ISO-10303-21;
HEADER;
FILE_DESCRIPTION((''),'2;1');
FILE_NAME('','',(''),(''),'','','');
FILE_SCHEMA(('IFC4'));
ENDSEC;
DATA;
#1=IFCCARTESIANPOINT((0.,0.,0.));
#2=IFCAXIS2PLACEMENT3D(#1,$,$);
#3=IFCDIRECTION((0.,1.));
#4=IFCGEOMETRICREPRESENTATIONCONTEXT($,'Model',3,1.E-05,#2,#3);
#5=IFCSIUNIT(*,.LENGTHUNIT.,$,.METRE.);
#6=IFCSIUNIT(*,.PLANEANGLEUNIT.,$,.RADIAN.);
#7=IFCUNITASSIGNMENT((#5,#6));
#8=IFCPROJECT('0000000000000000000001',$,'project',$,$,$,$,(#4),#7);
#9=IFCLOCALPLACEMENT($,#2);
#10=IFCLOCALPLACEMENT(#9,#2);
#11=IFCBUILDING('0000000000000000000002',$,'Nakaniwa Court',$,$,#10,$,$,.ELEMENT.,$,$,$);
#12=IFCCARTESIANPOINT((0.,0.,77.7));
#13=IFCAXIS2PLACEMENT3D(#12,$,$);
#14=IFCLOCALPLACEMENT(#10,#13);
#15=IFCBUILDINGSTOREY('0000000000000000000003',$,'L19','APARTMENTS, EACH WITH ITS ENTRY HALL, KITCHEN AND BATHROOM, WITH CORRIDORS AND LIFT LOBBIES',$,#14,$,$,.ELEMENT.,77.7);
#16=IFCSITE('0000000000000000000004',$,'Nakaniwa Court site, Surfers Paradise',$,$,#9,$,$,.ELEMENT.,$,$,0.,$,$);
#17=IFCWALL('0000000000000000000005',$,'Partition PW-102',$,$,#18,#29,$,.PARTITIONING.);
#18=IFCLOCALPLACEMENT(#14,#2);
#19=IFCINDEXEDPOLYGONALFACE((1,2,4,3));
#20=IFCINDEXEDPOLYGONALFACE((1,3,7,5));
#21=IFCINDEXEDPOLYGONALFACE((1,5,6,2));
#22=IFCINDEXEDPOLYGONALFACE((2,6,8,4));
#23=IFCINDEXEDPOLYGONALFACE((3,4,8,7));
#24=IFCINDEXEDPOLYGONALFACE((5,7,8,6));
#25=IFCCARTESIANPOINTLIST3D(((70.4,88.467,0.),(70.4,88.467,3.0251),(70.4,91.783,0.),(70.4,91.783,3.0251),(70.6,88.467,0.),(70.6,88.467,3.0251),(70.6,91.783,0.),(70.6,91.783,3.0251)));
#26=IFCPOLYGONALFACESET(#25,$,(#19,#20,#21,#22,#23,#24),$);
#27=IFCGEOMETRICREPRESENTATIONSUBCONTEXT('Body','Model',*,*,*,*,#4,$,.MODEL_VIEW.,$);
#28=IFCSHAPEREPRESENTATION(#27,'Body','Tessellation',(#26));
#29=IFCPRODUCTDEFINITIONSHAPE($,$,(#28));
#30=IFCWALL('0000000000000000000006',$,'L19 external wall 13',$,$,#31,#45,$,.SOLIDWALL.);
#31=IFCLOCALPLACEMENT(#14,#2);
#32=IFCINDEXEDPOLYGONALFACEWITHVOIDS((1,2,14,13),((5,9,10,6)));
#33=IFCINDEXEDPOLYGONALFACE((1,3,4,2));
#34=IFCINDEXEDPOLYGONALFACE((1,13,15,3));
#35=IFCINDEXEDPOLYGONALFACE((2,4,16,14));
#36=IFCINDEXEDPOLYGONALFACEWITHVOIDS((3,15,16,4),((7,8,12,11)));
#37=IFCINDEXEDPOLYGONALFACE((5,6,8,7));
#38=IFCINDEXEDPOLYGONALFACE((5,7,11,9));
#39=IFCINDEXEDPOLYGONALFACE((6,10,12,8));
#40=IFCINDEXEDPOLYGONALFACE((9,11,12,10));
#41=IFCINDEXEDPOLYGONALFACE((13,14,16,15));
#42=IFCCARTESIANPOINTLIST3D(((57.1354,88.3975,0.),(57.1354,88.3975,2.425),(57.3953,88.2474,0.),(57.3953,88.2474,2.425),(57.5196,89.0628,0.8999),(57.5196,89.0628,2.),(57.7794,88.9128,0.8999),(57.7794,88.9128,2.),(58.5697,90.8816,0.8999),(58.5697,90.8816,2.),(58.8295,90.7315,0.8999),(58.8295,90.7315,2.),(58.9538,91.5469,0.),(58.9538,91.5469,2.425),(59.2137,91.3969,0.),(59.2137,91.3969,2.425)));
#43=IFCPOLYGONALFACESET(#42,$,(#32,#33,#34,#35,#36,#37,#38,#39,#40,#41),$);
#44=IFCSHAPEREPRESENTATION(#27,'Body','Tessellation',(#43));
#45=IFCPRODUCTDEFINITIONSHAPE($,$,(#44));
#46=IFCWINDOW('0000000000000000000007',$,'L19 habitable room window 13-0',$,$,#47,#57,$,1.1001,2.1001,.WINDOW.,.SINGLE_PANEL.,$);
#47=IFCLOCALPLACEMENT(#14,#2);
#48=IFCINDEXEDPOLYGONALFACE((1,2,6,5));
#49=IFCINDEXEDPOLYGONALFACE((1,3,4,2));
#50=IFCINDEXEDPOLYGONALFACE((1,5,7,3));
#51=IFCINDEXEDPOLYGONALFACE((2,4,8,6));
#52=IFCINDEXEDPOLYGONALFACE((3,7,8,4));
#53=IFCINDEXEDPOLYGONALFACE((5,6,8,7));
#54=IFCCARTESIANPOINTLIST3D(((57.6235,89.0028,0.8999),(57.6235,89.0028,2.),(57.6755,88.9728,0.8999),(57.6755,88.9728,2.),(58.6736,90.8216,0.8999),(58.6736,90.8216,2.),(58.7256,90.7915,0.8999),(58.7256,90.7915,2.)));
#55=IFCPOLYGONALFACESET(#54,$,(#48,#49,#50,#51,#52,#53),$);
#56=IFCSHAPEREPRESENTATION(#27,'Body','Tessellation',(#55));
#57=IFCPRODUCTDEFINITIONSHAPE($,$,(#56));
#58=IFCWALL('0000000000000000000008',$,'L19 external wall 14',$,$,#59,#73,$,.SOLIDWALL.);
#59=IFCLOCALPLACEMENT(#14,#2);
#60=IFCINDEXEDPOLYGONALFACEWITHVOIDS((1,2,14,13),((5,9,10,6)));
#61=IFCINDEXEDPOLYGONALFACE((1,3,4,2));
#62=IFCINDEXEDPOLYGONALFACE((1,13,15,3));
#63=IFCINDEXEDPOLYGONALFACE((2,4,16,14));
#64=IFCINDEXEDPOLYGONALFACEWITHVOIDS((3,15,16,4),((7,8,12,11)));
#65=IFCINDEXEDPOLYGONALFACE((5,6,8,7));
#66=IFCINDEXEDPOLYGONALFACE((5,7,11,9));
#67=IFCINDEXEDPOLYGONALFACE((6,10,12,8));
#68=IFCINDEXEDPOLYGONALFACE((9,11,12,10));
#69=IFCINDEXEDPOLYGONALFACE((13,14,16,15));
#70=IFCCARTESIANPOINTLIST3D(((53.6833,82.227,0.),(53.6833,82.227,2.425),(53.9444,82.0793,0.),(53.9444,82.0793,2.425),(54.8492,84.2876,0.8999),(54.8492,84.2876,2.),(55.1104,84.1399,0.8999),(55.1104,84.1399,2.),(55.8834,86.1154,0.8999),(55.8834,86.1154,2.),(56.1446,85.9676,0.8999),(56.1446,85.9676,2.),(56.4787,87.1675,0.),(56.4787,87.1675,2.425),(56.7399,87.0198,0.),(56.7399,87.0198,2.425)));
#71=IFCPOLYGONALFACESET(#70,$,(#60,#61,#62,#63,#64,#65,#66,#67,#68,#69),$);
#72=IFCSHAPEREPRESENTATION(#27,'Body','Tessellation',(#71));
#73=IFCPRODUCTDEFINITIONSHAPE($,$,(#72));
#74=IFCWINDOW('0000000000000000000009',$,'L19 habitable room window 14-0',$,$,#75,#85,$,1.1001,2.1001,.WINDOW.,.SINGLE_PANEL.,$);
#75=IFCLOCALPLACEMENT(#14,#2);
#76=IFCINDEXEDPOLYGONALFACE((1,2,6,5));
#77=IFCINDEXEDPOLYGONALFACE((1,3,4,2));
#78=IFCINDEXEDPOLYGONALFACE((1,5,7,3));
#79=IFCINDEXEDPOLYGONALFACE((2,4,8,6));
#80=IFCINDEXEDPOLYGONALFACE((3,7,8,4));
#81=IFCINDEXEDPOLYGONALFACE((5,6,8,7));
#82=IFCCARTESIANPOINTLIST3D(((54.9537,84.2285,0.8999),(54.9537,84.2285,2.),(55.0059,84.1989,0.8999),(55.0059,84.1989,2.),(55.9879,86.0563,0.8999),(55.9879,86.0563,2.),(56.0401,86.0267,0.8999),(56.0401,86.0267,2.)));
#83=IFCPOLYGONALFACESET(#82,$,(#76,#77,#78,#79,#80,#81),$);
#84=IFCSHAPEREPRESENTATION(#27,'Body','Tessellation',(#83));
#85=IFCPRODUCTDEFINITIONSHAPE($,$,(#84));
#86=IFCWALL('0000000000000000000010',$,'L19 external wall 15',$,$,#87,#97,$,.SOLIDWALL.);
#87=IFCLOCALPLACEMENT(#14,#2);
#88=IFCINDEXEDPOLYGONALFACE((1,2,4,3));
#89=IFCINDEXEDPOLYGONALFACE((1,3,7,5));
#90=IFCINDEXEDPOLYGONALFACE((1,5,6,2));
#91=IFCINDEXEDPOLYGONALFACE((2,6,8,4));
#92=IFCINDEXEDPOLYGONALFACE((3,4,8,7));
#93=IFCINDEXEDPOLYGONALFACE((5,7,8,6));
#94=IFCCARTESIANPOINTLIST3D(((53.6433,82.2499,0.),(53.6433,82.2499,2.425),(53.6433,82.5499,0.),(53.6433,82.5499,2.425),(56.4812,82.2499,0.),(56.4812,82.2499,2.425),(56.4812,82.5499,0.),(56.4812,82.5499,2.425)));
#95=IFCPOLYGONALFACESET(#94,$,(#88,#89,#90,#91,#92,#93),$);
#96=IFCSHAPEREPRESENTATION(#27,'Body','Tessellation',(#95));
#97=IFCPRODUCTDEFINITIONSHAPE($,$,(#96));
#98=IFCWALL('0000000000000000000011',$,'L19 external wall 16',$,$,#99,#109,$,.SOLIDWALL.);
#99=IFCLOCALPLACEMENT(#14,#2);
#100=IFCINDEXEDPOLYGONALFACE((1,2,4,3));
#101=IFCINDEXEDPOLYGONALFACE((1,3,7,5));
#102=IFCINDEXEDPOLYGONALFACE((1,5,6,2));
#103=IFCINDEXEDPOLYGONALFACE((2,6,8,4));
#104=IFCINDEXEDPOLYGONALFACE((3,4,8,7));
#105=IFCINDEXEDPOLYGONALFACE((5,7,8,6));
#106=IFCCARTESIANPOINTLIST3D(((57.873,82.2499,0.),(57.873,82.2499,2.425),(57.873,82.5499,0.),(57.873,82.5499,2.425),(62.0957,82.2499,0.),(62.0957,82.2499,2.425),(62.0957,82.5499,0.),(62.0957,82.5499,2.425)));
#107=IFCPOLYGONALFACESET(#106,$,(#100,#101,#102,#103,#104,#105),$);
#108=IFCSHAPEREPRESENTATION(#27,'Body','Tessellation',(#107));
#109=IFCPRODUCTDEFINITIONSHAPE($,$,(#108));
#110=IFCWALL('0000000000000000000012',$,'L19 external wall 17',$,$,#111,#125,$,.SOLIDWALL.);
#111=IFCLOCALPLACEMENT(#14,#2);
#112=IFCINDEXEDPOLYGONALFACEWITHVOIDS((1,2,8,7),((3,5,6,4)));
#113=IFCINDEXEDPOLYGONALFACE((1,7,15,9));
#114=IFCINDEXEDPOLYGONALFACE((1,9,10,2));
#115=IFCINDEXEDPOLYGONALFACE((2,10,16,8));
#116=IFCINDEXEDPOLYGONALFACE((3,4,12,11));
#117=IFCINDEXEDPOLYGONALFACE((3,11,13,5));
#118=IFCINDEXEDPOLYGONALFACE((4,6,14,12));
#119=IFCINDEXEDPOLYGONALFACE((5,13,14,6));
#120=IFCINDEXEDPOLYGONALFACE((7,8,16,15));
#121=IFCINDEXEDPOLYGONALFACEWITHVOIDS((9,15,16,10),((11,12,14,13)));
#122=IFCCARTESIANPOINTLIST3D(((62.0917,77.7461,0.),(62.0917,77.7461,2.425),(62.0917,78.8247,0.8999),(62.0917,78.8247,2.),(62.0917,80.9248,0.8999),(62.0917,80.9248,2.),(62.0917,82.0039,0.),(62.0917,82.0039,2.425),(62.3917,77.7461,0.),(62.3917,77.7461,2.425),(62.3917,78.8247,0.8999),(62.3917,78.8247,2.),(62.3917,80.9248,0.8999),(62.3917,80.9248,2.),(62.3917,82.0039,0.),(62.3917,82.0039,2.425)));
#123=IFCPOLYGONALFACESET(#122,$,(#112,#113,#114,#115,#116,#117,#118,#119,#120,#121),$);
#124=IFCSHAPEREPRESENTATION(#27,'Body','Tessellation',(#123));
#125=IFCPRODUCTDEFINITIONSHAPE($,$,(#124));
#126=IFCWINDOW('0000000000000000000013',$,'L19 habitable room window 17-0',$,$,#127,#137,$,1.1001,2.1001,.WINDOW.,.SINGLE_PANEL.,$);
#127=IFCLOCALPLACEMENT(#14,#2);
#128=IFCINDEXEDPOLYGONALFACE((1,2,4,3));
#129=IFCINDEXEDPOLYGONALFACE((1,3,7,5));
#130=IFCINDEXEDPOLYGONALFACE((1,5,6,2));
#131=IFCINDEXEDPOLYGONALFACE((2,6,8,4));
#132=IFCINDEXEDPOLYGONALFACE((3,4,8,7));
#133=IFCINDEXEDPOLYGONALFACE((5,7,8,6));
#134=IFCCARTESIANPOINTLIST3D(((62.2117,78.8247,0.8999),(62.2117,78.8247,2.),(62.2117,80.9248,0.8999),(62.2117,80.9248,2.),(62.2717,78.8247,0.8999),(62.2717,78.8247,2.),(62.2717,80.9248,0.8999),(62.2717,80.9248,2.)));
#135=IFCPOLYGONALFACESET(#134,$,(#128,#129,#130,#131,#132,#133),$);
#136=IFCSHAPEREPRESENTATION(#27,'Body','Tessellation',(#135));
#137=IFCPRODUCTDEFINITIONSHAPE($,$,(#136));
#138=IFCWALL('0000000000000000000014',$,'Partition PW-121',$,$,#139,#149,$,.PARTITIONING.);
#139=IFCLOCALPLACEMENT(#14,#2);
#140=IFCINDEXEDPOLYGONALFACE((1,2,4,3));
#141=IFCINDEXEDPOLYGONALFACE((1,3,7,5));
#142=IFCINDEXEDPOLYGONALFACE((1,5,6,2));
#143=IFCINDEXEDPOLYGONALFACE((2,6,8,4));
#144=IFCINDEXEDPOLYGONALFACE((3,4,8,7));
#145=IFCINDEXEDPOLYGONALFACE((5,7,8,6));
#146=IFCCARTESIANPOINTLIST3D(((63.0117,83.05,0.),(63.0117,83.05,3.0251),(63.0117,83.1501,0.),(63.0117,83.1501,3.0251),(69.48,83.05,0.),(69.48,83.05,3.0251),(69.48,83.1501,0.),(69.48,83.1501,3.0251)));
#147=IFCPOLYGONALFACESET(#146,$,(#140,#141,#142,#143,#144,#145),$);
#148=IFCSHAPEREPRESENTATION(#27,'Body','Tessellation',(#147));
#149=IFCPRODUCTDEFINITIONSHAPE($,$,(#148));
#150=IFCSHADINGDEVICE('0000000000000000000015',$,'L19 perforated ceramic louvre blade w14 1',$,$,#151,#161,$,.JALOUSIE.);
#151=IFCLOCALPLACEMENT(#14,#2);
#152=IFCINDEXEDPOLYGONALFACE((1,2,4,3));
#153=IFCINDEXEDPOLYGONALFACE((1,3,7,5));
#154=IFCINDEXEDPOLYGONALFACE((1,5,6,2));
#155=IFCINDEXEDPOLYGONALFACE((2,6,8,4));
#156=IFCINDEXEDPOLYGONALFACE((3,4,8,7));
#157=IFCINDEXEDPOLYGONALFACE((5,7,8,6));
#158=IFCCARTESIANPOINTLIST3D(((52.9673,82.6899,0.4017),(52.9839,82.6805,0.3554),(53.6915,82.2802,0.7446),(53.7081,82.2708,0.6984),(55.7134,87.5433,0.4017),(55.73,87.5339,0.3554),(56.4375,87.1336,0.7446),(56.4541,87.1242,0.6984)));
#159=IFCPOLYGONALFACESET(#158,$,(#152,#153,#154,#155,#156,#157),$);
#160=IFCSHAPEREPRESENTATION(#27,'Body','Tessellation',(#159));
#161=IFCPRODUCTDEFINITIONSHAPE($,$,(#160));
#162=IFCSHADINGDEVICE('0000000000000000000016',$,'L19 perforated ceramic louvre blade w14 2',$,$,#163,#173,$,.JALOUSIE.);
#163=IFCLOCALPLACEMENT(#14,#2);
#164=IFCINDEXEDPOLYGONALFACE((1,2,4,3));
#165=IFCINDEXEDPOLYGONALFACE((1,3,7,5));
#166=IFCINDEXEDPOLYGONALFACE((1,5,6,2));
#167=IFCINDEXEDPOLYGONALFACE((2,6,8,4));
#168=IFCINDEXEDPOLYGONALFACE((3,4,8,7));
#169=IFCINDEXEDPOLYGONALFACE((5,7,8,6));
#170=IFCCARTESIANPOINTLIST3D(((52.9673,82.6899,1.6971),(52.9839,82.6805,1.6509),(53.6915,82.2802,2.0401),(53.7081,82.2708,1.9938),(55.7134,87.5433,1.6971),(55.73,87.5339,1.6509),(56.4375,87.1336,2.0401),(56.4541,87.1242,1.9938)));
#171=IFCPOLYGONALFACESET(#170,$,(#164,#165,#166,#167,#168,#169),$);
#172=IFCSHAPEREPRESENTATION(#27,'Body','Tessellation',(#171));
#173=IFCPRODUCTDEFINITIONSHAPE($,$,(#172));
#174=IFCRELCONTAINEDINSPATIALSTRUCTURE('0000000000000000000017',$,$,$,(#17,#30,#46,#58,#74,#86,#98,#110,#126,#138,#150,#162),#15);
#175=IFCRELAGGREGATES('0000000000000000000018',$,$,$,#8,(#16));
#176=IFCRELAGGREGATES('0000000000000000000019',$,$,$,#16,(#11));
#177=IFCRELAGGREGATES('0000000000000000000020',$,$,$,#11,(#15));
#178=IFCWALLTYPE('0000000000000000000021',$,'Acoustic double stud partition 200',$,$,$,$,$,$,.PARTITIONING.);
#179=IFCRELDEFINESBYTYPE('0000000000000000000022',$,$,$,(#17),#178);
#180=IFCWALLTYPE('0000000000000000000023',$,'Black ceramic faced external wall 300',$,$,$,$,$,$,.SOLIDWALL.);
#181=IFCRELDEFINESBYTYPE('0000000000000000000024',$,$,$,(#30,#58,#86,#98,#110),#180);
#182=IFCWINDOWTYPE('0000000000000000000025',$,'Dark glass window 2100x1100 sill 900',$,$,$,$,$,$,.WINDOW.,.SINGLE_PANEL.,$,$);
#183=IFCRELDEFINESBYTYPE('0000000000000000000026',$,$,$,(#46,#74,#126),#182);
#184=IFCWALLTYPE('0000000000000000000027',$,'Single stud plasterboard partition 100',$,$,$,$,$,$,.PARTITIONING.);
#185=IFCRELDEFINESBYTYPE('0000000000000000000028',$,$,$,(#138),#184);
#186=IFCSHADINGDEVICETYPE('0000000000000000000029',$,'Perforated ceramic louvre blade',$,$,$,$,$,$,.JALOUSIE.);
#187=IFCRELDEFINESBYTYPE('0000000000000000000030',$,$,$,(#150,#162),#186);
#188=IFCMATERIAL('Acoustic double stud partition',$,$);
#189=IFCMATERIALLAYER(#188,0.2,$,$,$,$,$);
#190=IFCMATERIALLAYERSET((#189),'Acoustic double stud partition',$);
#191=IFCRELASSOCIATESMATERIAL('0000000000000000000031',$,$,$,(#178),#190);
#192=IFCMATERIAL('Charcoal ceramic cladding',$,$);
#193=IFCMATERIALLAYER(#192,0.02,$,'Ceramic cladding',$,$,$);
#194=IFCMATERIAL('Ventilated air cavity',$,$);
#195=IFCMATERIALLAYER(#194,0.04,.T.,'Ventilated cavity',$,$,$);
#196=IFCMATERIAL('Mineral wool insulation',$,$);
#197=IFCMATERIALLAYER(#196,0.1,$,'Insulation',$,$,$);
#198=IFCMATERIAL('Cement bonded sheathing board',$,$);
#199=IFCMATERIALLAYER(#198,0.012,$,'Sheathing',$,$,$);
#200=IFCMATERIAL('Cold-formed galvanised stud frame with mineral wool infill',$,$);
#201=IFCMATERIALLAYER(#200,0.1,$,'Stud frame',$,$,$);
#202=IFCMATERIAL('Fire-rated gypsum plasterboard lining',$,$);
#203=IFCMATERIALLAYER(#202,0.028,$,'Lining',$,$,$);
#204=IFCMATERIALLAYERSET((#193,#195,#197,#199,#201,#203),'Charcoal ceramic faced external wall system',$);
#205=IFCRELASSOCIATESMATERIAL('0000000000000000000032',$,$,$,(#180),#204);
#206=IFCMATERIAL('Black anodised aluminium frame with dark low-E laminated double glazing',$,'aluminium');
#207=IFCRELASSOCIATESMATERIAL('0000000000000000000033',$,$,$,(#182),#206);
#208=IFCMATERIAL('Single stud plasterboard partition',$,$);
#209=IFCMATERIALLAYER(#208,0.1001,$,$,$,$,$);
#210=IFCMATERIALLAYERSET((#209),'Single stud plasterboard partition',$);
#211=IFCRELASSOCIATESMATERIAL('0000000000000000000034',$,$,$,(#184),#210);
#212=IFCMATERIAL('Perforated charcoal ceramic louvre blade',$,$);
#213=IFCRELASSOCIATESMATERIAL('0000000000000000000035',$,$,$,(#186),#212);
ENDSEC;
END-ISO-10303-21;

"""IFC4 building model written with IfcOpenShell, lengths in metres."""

from ifc_helpers import new_model, si_unit, direction, frame, frame_2d, origin, origin_2d, place, context, subcontext, project, spatial, rectangle, extrude, material, layer, layer_set, material_profile, profile_set, type_object, element, fill, save


model = new_model("IFC4")

# Units and contexts
model_context = context("Model", 3, precision=1e-05, world=origin(), true_north=direction((0.0, 1.0)))
body_context = subcontext(model_context, "Body", "Model", "MODEL_VIEW")
ifc_project = project(units=[si_unit("LENGTHUNIT", "METRE"), si_unit("PLANEANGLEUNIT", "RADIAN")], contexts=[model_context])

# Site, building, storey
site_placement = place(None, origin())
site = spatial("IfcSite", under=ifc_project, at=site_placement, Name="Nakaniwa Court site, Surfers Paradise", CompositionType="ELEMENT", RefElevation=0.0)
building_placement = place(site_placement, origin())
building = spatial("IfcBuilding", under=site, at=building_placement, Name="Nakaniwa Court", CompositionType="ELEMENT")
storey_placement = place(building_placement, frame((0.0, 0.0, 77.7)))
storey = spatial("IfcBuildingStorey", under=building, at=storey_placement, Name="L19", Description="APARTMENTS, EACH WITH ITS ENTRY HALL, KITCHEN AND BATHROOM, WITH CORRIDORS AND LIFT LOBBIES", CompositionType="ELEMENT", Elevation=77.7)

# Shared definitions
ifc_material_1 = material(Name="Acoustic double stud partition")
ifc_layer_1 = layer(ifc_material_1, 0.2)
ifc_layer_set_1 = layer_set([ifc_layer_1], Name="Acoustic double stud partition")
wall_type_1 = type_object("IfcWallType", Name="Acoustic double stud partition 200", PredefinedType="PARTITIONING", material=ifc_layer_set_1)

# Wall
wall_1_placement = place(storey_placement, frame((70.5, 88.467, 0.0), z_axis=(0.0, 0.0, 1.0), x_axis=(0.0, 1.0, 0.0)))
element("IfcWall", 1, at=wall_1_placement, inside=storey, type_object=wall_type_1, Name="Partition PW-102", PredefinedType="PARTITIONING", context=body_context, shape_type="SweptSolid", body=[
    extrude(rectangle(XDim=3.3159, YDim=0.2, at=frame_2d((1.658, 0.0))), origin(), (0.0, 0.0, 1.0), 3.0251),
])

# Walls, openings, windows
ifc_material_2 = material(Name="Charcoal ceramic cladding")
ifc_layer_2 = layer(ifc_material_2, 0.02, Name="Ceramic cladding")
ifc_material_3 = material(Name="Ventilated air cavity")
ifc_layer_3 = layer(ifc_material_3, 0.04, ventilated=True, Name="Ventilated cavity")
ifc_material_4 = material(Name="Mineral wool insulation")
ifc_layer_4 = layer(ifc_material_4, 0.1, Name="Insulation")
ifc_material_5 = material(Name="Cement bonded sheathing board")
ifc_layer_5 = layer(ifc_material_5, 0.012, Name="Sheathing")
ifc_material_6 = material(Name="Cold-formed galvanised stud frame with mineral wool infill")
ifc_layer_6 = layer(ifc_material_6, 0.1, Name="Stud frame")
ifc_material_7 = material(Name="Fire-rated gypsum plasterboard lining")
ifc_layer_7 = layer(ifc_material_7, 0.028, Name="Lining")
ifc_layer_set_2 = layer_set([ifc_layer_2, ifc_layer_3, ifc_layer_4, ifc_layer_5, ifc_layer_6, ifc_layer_7], Name="Charcoal ceramic faced external wall system")
wall_type_2 = type_object("IfcWallType", Name="Black ceramic faced external wall 300", PredefinedType="SOLIDWALL", material=ifc_layer_set_2)
wall_2_placement = place(storey_placement, frame((59.0837, 91.4719, 0.0), z_axis=(0.0, 0.0, 1.0), x_axis=(-0.500009, -0.86602, 0.0)))
wall_2 = element("IfcWall", 2, at=wall_2_placement, inside=storey, type_object=wall_type_2, Name="L19 external wall 13", PredefinedType="SOLIDWALL", context=body_context, shape_type="SweptSolid", body=[
    extrude(rectangle(XDim=3.6367, YDim=0.3, at=frame_2d((1.8184, 0.0))), origin(), (0.0, 0.0, 1.0), 2.425),
])
opening_1_placement = place(wall_2_placement, frame((0.7683, 0.0, 0.8999)))
opening_1 = element("IfcOpeningElement", 3, at=opening_1_placement, cuts=wall_2, PredefinedType="OPENING", context=body_context, shape_type="SweptSolid", body=[
    extrude(rectangle(XDim=2.1001, YDim=1.1001, at=frame_2d((1.05, 0.55))), frame((0.0, 0.1599, 0.0), z_axis=(0.0, -1.0, 0.0), x_axis=(1.0, 0.0, 0.0)), (0.0, 0.0, 1.0), 0.3201),
])
ifc_material_8 = material(Name="Black anodised aluminium frame with dark low-E laminated double glazing", Category="aluminium")
window_type = type_object("IfcWindowType", Name="Dark glass window 2100x1100 sill 900", PartitioningType="SINGLE_PANEL", PredefinedType="WINDOW", material=ifc_material_8)
window_1_placement = place(opening_1_placement, origin())
window_1 = element("IfcWindow", 4, at=window_1_placement, inside=storey, type_object=window_type, Name="L19 habitable room window 13-0", OverallHeight=1.1001, OverallWidth=2.1001, PartitioningType="SINGLE_PANEL", PredefinedType="WINDOW", context=body_context, shape_type="SweptSolid", body=[
    extrude(rectangle(XDim=2.1001, YDim=1.1001, at=frame_2d((1.05, 0.55))), frame((0.0, 0.03, 0.0), z_axis=(0.0, -1.0, 0.0), x_axis=(1.0, 0.0, 0.0)), (0.0, 0.0, 1.0), 0.0601),
])
fill(opening_1, window_1)
wall_3_placement = place(storey_placement, frame((56.6094, 87.0938, 0.0), z_axis=(0.0, 0.0, 1.0), x_axis=(-0.492457, -0.870337, 0.0)))
wall_3 = element("IfcWall", 5, at=wall_3_placement, inside=storey, type_object=wall_type_2, Name="L19 external wall 14", PredefinedType="SOLIDWALL", context=body_context, shape_type="SweptSolid", body=[
    extrude(rectangle(XDim=5.6765, YDim=0.3, at=frame_2d((2.8384, 0.0))), origin(), (0.0, 0.0, 1.0), 2.425),
])
opening_2_placement = place(wall_3_placement, frame((1.209, 0.0, 0.8999)))
opening_2 = element("IfcOpeningElement", 6, at=opening_2_placement, cuts=wall_3, PredefinedType="OPENING", context=body_context, shape_type="SweptSolid", body=[
    extrude(rectangle(XDim=2.1001, YDim=1.1001, at=frame_2d((1.05, 0.55))), frame((0.0, 0.1599, 0.0), z_axis=(0.0, -1.0, 0.0), x_axis=(1.0, 0.0, 0.0)), (0.0, 0.0, 1.0), 0.3201),
])
window_2_placement = place(opening_2_placement, origin())
window_2 = element("IfcWindow", 7, at=window_2_placement, inside=storey, type_object=window_type, Name="L19 habitable room window 14-0", OverallHeight=1.1001, OverallWidth=2.1001, PartitioningType="SINGLE_PANEL", PredefinedType="WINDOW", context=body_context, shape_type="SweptSolid", body=[
    extrude(rectangle(XDim=2.1001, YDim=1.1001, at=frame_2d((1.05, 0.55))), frame((0.0, 0.03, 0.0), z_axis=(0.0, -1.0, 0.0), x_axis=(1.0, 0.0, 0.0)), (0.0, 0.0, 1.0), 0.0601),
])
fill(opening_2, window_2)

# Walls
wall_4_placement = place(storey_placement, frame((53.6433, 82.3999, 0.0), z_axis=(0.0, 0.0, 1.0), x_axis=(1.0, 0.0, 0.0)))
element("IfcWall", 8, at=wall_4_placement, inside=storey, type_object=wall_type_2, Name="L19 external wall 15", PredefinedType="SOLIDWALL", context=body_context, shape_type="SweptSolid", body=[
    extrude(rectangle(XDim=2.8379, YDim=0.3, at=frame_2d((1.4189, 0.0))), origin(), (0.0, 0.0, 1.0), 2.425),
])
wall_5_placement = place(storey_placement, frame((57.873, 82.3999, 0.0), z_axis=(0.0, 0.0, 1.0), x_axis=(1.0, 0.0, 0.0)))
element("IfcWall", 9, at=wall_5_placement, inside=storey, type_object=wall_type_2, Name="L19 external wall 16", PredefinedType="SOLIDWALL", context=body_context, shape_type="SweptSolid", body=[
    extrude(rectangle(XDim=4.2227, YDim=0.3, at=frame_2d((2.1113, 0.0))), origin(), (0.0, 0.0, 1.0), 2.425),
])

# Wall, opening, window
wall_6_placement = place(storey_placement, frame((62.2417, 82.0039, 0.0), z_axis=(0.0, 0.0, 1.0), x_axis=(0.0, -1.0, 0.0)))
wall_6 = element("IfcWall", 10, at=wall_6_placement, inside=storey, type_object=wall_type_2, Name="L19 external wall 17", PredefinedType="SOLIDWALL", context=body_context, shape_type="SweptSolid", body=[
    extrude(rectangle(XDim=4.2578, YDim=0.3, at=frame_2d((2.1289, 0.0))), origin(), (0.0, 0.0, 1.0), 2.425),
])
opening_3_placement = place(wall_6_placement, frame((1.0791, 0.0, 0.8999)))
opening_3 = element("IfcOpeningElement", 11, at=opening_3_placement, cuts=wall_6, PredefinedType="OPENING", context=body_context, shape_type="SweptSolid", body=[
    extrude(rectangle(XDim=2.1001, YDim=1.1001, at=frame_2d((1.05, 0.55))), frame((0.0, 0.1599, 0.0), z_axis=(0.0, -1.0, 0.0), x_axis=(1.0, 0.0, 0.0)), (0.0, 0.0, 1.0), 0.3201),
])
window_3_placement = place(opening_3_placement, origin())
window_3 = element("IfcWindow", 12, at=window_3_placement, inside=storey, type_object=window_type, Name="L19 habitable room window 17-0", OverallHeight=1.1001, OverallWidth=2.1001, PartitioningType="SINGLE_PANEL", PredefinedType="WINDOW", context=body_context, shape_type="SweptSolid", body=[
    extrude(rectangle(XDim=2.1001, YDim=1.1001, at=frame_2d((1.05, 0.55))), frame((0.0, 0.03, 0.0), z_axis=(0.0, -1.0, 0.0), x_axis=(1.0, 0.0, 0.0)), (0.0, 0.0, 1.0), 0.0601),
])
fill(opening_3, window_3)

# Wall
ifc_material_9 = material(Name="Single stud plasterboard partition")
ifc_layer_8 = layer(ifc_material_9, 0.1001)
ifc_layer_set_3 = layer_set([ifc_layer_8], Name="Single stud plasterboard partition")
wall_type_3 = type_object("IfcWallType", Name="Single stud plasterboard partition 100", PredefinedType="PARTITIONING", material=ifc_layer_set_3)
wall_7_placement = place(storey_placement, frame((63.0117, 83.1001, 0.0), z_axis=(0.0, 0.0, 1.0), x_axis=(1.0, 0.0, 0.0)))
element("IfcWall", 13, at=wall_7_placement, inside=storey, type_object=wall_type_3, Name="Partition PW-121", PredefinedType="PARTITIONING", context=body_context, shape_type="SweptSolid", body=[
    extrude(rectangle(XDim=6.4683, YDim=0.1001, at=frame_2d((3.2341, 0.0))), origin(), (0.0, 0.0, 1.0), 3.0251),
])

# Shading devices
ifc_material_10 = material(Name="Perforated charcoal ceramic louvre blade")
ifc_material_profile_1 = material_profile(ifc_material_10, rectangle(XDim=0.8999, YDim=0.05, at=origin_2d()), Name="Perforated ceramic louvre blade")
ifc_profile_set_1 = profile_set([ifc_material_profile_1], Name="Perforated charcoal ceramic louvre blade")
shading_device_type = type_object("IfcShadingDeviceType", Name="Perforated ceramic louvre blade", PredefinedType="JALOUSIE", material=ifc_profile_set_1)
for number, where, z_axis, x_axis, name in (
    (14, (56.0837, 87.3337, 0.55), (-0.492438, -0.870347, 0.0), (0.804676, -0.455282, 0.38107), "L19 perforated ceramic louvre blade w14 1"),
    (15, (56.0837, 87.3337, 1.8455), (-0.492438, -0.870347, 0.0), (0.804676, -0.455282, 0.38107), "L19 perforated ceramic louvre blade w14 2"),
):
    element("IfcShadingDevice", number, at=place(storey_placement, frame(where, z_axis=z_axis, x_axis=x_axis)), inside=storey, type_object=shading_device_type, Name=name, PredefinedType="JALOUSIE", context=body_context, shape_type="SweptSolid", body=[
        extrude(rectangle(XDim=0.8999, YDim=0.05, at=origin_2d()), origin(), (0.0, 0.0, 1.0), 5.5764),
    ])

save(model, "model.ifc")
